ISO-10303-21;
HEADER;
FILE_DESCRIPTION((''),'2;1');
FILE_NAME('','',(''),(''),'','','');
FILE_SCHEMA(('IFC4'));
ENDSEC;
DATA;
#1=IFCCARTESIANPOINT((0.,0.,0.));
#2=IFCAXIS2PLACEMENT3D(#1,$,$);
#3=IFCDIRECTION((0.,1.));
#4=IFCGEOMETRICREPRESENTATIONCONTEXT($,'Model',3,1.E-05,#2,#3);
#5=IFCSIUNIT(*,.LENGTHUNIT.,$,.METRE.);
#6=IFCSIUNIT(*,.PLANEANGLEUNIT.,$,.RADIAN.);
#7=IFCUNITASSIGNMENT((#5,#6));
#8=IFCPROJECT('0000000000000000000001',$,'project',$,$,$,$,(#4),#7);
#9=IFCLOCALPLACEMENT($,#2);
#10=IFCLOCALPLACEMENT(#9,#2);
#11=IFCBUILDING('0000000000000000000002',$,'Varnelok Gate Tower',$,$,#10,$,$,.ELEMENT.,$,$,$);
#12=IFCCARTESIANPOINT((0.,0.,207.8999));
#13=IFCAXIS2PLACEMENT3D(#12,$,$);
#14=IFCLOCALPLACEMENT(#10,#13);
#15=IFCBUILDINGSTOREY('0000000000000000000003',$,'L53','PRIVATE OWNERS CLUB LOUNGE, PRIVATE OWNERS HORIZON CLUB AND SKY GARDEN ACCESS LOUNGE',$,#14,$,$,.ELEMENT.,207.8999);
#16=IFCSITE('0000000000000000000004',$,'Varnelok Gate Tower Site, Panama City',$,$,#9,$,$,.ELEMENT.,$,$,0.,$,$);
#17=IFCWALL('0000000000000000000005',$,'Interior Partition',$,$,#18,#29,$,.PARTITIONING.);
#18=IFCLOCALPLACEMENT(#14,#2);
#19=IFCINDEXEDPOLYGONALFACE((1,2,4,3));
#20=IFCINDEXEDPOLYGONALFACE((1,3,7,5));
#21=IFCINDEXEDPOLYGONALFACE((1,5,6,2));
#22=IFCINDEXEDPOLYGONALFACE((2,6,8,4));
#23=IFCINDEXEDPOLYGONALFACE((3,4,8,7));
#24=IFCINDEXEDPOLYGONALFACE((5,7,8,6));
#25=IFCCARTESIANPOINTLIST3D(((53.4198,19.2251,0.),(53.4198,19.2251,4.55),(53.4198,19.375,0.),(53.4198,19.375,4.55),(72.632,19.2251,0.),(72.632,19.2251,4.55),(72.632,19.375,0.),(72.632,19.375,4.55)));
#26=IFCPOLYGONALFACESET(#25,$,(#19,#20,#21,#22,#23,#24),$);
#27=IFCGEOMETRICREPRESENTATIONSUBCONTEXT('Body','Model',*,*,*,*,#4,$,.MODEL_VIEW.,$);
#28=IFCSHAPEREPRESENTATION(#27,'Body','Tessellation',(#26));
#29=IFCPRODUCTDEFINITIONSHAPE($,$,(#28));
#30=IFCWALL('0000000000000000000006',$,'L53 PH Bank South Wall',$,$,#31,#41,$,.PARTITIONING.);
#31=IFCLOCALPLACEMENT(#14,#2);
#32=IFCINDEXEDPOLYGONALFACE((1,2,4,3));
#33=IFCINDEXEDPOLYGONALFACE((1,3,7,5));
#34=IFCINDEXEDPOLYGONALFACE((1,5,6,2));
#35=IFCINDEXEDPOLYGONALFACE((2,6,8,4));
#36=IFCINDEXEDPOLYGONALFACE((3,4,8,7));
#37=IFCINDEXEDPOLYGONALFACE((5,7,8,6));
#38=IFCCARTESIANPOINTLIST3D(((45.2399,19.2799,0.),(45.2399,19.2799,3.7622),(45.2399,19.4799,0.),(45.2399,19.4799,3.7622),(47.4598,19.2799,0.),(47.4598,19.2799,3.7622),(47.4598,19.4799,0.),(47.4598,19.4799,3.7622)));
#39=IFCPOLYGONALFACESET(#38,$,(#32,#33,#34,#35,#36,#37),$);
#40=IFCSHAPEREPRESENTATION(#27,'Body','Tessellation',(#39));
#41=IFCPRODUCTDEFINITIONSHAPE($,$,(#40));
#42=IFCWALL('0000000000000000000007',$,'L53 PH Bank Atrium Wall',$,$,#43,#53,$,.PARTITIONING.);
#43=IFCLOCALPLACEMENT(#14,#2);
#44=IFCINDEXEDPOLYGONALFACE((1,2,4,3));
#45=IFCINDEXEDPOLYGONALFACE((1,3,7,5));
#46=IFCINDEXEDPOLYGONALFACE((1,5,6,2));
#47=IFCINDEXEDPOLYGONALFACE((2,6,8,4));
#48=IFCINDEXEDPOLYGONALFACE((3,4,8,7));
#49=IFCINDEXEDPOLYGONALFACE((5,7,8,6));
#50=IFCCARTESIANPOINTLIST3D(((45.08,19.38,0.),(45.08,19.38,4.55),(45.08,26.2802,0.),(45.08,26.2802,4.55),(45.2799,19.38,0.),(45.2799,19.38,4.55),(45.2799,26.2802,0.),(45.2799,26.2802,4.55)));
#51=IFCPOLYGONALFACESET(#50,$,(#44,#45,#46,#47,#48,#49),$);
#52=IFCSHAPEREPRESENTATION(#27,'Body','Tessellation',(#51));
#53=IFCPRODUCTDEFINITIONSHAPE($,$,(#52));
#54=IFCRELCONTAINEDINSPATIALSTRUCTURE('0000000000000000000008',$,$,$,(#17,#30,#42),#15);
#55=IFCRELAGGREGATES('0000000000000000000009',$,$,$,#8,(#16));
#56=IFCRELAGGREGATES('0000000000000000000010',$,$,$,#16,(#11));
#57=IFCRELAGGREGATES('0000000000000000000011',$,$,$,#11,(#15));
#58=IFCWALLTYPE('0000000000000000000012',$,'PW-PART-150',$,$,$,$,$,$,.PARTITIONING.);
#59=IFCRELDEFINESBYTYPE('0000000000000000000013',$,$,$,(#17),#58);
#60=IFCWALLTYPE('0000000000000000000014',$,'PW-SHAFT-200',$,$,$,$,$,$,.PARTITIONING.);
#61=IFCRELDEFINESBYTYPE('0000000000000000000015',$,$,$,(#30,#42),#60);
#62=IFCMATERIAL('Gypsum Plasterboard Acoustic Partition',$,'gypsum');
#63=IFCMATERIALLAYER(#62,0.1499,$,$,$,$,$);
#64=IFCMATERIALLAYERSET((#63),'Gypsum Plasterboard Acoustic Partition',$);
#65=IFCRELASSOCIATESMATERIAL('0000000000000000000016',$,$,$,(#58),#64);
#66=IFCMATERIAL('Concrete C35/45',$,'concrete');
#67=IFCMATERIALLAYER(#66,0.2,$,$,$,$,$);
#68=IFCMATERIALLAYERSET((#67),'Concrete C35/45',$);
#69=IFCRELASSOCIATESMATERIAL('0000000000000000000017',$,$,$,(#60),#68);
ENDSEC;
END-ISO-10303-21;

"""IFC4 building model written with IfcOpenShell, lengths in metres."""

from ifc_helpers import new_model, si_unit, direction, frame, frame_2d, origin, place, context, subcontext, project, spatial, rectangle, extrude, material, layer, layer_set, type_object, element, save


model = new_model("IFC4")

# Units and contexts
model_context = context("Model", 3, precision=1e-05, world=origin(), true_north=direction((0.0, 1.0)))
body_context = subcontext(model_context, "Body", "Model", "MODEL_VIEW")
ifc_project = project(units=[si_unit("LENGTHUNIT", "METRE"), si_unit("PLANEANGLEUNIT", "RADIAN")], contexts=[model_context])

# Site, building, storey
site_placement = place(None, origin())
site = spatial("IfcSite", under=ifc_project, at=site_placement, Name="Varnelok Gate Tower Site, Panama City", CompositionType="ELEMENT", RefElevation=0.0)
building_placement = place(site_placement, origin())
building = spatial("IfcBuilding", under=site, at=building_placement, Name="Varnelok Gate Tower", CompositionType="ELEMENT")
storey_placement = place(building_placement, frame((0.0, 0.0, 207.8999)))
storey = spatial("IfcBuildingStorey", under=building, at=storey_placement, Name="L53", Description="PRIVATE OWNERS CLUB LOUNGE, PRIVATE OWNERS HORIZON CLUB AND SKY GARDEN ACCESS LOUNGE", CompositionType="ELEMENT", Elevation=207.8999)

# Shared definitions
ifc_material_1 = material(Name="Gypsum Plasterboard Acoustic Partition", Category="gypsum")
ifc_layer_1 = layer(ifc_material_1, 0.1499)
ifc_layer_set_1 = layer_set([ifc_layer_1], Name="Gypsum Plasterboard Acoustic Partition")
wall_type_1 = type_object("IfcWallType", Name="PW-PART-150", PredefinedType="PARTITIONING", material=ifc_layer_set_1)

# Walls
wall_1_placement = place(storey_placement, frame((53.4199, 19.3, 0.0), z_axis=(0.0, 0.0, 1.0), x_axis=(1.0, 0.0, 0.0)))
element("IfcWall", 1, at=wall_1_placement, inside=storey, type_object=wall_type_1, Name="Interior Partition", PredefinedType="PARTITIONING", context=body_context, shape_type="SweptSolid", body=[
    extrude(rectangle(XDim=19.2122, YDim=0.1499, at=frame_2d((9.606, 0.0))), origin(), (0.0, 0.0, 1.0), 4.55),
])
ifc_material_2 = material(Name="Concrete C35/45", Category="concrete")
ifc_layer_2 = layer(ifc_material_2, 0.2)
ifc_layer_set_2 = layer_set([ifc_layer_2], Name="Concrete C35/45")
wall_type_2 = type_object("IfcWallType", Name="PW-SHAFT-200", PredefinedType="PARTITIONING", material=ifc_layer_set_2)
wall_2_placement = place(storey_placement, frame((45.24, 19.3799, 0.0), z_axis=(0.0, 0.0, 1.0), x_axis=(1.0, 0.0, 0.0)))
element("IfcWall", 2, at=wall_2_placement, inside=storey, type_object=wall_type_2, Name="L53 PH Bank South Wall", PredefinedType="PARTITIONING", context=body_context, shape_type="SweptSolid", body=[
    extrude(rectangle(XDim=2.22, YDim=0.2, at=frame_2d((1.1099, 0.0))), origin(), (0.0, 0.0, 1.0), 3.7622),
])
wall_3_placement = place(storey_placement, frame((45.1799, 19.3799, 0.0), z_axis=(0.0, 0.0, 1.0), x_axis=(0.0, 1.0, 0.0)))
element("IfcWall", 3, at=wall_3_placement, inside=storey, type_object=wall_type_2, Name="L53 PH Bank Atrium Wall", PredefinedType="PARTITIONING", context=body_context, shape_type="SweptSolid", body=[
    extrude(rectangle(XDim=6.9001, YDim=0.2, at=frame_2d((3.4502, 0.0))), origin(), (0.0, 0.0, 1.0), 4.55),
])

save(model, "model.ifc")
